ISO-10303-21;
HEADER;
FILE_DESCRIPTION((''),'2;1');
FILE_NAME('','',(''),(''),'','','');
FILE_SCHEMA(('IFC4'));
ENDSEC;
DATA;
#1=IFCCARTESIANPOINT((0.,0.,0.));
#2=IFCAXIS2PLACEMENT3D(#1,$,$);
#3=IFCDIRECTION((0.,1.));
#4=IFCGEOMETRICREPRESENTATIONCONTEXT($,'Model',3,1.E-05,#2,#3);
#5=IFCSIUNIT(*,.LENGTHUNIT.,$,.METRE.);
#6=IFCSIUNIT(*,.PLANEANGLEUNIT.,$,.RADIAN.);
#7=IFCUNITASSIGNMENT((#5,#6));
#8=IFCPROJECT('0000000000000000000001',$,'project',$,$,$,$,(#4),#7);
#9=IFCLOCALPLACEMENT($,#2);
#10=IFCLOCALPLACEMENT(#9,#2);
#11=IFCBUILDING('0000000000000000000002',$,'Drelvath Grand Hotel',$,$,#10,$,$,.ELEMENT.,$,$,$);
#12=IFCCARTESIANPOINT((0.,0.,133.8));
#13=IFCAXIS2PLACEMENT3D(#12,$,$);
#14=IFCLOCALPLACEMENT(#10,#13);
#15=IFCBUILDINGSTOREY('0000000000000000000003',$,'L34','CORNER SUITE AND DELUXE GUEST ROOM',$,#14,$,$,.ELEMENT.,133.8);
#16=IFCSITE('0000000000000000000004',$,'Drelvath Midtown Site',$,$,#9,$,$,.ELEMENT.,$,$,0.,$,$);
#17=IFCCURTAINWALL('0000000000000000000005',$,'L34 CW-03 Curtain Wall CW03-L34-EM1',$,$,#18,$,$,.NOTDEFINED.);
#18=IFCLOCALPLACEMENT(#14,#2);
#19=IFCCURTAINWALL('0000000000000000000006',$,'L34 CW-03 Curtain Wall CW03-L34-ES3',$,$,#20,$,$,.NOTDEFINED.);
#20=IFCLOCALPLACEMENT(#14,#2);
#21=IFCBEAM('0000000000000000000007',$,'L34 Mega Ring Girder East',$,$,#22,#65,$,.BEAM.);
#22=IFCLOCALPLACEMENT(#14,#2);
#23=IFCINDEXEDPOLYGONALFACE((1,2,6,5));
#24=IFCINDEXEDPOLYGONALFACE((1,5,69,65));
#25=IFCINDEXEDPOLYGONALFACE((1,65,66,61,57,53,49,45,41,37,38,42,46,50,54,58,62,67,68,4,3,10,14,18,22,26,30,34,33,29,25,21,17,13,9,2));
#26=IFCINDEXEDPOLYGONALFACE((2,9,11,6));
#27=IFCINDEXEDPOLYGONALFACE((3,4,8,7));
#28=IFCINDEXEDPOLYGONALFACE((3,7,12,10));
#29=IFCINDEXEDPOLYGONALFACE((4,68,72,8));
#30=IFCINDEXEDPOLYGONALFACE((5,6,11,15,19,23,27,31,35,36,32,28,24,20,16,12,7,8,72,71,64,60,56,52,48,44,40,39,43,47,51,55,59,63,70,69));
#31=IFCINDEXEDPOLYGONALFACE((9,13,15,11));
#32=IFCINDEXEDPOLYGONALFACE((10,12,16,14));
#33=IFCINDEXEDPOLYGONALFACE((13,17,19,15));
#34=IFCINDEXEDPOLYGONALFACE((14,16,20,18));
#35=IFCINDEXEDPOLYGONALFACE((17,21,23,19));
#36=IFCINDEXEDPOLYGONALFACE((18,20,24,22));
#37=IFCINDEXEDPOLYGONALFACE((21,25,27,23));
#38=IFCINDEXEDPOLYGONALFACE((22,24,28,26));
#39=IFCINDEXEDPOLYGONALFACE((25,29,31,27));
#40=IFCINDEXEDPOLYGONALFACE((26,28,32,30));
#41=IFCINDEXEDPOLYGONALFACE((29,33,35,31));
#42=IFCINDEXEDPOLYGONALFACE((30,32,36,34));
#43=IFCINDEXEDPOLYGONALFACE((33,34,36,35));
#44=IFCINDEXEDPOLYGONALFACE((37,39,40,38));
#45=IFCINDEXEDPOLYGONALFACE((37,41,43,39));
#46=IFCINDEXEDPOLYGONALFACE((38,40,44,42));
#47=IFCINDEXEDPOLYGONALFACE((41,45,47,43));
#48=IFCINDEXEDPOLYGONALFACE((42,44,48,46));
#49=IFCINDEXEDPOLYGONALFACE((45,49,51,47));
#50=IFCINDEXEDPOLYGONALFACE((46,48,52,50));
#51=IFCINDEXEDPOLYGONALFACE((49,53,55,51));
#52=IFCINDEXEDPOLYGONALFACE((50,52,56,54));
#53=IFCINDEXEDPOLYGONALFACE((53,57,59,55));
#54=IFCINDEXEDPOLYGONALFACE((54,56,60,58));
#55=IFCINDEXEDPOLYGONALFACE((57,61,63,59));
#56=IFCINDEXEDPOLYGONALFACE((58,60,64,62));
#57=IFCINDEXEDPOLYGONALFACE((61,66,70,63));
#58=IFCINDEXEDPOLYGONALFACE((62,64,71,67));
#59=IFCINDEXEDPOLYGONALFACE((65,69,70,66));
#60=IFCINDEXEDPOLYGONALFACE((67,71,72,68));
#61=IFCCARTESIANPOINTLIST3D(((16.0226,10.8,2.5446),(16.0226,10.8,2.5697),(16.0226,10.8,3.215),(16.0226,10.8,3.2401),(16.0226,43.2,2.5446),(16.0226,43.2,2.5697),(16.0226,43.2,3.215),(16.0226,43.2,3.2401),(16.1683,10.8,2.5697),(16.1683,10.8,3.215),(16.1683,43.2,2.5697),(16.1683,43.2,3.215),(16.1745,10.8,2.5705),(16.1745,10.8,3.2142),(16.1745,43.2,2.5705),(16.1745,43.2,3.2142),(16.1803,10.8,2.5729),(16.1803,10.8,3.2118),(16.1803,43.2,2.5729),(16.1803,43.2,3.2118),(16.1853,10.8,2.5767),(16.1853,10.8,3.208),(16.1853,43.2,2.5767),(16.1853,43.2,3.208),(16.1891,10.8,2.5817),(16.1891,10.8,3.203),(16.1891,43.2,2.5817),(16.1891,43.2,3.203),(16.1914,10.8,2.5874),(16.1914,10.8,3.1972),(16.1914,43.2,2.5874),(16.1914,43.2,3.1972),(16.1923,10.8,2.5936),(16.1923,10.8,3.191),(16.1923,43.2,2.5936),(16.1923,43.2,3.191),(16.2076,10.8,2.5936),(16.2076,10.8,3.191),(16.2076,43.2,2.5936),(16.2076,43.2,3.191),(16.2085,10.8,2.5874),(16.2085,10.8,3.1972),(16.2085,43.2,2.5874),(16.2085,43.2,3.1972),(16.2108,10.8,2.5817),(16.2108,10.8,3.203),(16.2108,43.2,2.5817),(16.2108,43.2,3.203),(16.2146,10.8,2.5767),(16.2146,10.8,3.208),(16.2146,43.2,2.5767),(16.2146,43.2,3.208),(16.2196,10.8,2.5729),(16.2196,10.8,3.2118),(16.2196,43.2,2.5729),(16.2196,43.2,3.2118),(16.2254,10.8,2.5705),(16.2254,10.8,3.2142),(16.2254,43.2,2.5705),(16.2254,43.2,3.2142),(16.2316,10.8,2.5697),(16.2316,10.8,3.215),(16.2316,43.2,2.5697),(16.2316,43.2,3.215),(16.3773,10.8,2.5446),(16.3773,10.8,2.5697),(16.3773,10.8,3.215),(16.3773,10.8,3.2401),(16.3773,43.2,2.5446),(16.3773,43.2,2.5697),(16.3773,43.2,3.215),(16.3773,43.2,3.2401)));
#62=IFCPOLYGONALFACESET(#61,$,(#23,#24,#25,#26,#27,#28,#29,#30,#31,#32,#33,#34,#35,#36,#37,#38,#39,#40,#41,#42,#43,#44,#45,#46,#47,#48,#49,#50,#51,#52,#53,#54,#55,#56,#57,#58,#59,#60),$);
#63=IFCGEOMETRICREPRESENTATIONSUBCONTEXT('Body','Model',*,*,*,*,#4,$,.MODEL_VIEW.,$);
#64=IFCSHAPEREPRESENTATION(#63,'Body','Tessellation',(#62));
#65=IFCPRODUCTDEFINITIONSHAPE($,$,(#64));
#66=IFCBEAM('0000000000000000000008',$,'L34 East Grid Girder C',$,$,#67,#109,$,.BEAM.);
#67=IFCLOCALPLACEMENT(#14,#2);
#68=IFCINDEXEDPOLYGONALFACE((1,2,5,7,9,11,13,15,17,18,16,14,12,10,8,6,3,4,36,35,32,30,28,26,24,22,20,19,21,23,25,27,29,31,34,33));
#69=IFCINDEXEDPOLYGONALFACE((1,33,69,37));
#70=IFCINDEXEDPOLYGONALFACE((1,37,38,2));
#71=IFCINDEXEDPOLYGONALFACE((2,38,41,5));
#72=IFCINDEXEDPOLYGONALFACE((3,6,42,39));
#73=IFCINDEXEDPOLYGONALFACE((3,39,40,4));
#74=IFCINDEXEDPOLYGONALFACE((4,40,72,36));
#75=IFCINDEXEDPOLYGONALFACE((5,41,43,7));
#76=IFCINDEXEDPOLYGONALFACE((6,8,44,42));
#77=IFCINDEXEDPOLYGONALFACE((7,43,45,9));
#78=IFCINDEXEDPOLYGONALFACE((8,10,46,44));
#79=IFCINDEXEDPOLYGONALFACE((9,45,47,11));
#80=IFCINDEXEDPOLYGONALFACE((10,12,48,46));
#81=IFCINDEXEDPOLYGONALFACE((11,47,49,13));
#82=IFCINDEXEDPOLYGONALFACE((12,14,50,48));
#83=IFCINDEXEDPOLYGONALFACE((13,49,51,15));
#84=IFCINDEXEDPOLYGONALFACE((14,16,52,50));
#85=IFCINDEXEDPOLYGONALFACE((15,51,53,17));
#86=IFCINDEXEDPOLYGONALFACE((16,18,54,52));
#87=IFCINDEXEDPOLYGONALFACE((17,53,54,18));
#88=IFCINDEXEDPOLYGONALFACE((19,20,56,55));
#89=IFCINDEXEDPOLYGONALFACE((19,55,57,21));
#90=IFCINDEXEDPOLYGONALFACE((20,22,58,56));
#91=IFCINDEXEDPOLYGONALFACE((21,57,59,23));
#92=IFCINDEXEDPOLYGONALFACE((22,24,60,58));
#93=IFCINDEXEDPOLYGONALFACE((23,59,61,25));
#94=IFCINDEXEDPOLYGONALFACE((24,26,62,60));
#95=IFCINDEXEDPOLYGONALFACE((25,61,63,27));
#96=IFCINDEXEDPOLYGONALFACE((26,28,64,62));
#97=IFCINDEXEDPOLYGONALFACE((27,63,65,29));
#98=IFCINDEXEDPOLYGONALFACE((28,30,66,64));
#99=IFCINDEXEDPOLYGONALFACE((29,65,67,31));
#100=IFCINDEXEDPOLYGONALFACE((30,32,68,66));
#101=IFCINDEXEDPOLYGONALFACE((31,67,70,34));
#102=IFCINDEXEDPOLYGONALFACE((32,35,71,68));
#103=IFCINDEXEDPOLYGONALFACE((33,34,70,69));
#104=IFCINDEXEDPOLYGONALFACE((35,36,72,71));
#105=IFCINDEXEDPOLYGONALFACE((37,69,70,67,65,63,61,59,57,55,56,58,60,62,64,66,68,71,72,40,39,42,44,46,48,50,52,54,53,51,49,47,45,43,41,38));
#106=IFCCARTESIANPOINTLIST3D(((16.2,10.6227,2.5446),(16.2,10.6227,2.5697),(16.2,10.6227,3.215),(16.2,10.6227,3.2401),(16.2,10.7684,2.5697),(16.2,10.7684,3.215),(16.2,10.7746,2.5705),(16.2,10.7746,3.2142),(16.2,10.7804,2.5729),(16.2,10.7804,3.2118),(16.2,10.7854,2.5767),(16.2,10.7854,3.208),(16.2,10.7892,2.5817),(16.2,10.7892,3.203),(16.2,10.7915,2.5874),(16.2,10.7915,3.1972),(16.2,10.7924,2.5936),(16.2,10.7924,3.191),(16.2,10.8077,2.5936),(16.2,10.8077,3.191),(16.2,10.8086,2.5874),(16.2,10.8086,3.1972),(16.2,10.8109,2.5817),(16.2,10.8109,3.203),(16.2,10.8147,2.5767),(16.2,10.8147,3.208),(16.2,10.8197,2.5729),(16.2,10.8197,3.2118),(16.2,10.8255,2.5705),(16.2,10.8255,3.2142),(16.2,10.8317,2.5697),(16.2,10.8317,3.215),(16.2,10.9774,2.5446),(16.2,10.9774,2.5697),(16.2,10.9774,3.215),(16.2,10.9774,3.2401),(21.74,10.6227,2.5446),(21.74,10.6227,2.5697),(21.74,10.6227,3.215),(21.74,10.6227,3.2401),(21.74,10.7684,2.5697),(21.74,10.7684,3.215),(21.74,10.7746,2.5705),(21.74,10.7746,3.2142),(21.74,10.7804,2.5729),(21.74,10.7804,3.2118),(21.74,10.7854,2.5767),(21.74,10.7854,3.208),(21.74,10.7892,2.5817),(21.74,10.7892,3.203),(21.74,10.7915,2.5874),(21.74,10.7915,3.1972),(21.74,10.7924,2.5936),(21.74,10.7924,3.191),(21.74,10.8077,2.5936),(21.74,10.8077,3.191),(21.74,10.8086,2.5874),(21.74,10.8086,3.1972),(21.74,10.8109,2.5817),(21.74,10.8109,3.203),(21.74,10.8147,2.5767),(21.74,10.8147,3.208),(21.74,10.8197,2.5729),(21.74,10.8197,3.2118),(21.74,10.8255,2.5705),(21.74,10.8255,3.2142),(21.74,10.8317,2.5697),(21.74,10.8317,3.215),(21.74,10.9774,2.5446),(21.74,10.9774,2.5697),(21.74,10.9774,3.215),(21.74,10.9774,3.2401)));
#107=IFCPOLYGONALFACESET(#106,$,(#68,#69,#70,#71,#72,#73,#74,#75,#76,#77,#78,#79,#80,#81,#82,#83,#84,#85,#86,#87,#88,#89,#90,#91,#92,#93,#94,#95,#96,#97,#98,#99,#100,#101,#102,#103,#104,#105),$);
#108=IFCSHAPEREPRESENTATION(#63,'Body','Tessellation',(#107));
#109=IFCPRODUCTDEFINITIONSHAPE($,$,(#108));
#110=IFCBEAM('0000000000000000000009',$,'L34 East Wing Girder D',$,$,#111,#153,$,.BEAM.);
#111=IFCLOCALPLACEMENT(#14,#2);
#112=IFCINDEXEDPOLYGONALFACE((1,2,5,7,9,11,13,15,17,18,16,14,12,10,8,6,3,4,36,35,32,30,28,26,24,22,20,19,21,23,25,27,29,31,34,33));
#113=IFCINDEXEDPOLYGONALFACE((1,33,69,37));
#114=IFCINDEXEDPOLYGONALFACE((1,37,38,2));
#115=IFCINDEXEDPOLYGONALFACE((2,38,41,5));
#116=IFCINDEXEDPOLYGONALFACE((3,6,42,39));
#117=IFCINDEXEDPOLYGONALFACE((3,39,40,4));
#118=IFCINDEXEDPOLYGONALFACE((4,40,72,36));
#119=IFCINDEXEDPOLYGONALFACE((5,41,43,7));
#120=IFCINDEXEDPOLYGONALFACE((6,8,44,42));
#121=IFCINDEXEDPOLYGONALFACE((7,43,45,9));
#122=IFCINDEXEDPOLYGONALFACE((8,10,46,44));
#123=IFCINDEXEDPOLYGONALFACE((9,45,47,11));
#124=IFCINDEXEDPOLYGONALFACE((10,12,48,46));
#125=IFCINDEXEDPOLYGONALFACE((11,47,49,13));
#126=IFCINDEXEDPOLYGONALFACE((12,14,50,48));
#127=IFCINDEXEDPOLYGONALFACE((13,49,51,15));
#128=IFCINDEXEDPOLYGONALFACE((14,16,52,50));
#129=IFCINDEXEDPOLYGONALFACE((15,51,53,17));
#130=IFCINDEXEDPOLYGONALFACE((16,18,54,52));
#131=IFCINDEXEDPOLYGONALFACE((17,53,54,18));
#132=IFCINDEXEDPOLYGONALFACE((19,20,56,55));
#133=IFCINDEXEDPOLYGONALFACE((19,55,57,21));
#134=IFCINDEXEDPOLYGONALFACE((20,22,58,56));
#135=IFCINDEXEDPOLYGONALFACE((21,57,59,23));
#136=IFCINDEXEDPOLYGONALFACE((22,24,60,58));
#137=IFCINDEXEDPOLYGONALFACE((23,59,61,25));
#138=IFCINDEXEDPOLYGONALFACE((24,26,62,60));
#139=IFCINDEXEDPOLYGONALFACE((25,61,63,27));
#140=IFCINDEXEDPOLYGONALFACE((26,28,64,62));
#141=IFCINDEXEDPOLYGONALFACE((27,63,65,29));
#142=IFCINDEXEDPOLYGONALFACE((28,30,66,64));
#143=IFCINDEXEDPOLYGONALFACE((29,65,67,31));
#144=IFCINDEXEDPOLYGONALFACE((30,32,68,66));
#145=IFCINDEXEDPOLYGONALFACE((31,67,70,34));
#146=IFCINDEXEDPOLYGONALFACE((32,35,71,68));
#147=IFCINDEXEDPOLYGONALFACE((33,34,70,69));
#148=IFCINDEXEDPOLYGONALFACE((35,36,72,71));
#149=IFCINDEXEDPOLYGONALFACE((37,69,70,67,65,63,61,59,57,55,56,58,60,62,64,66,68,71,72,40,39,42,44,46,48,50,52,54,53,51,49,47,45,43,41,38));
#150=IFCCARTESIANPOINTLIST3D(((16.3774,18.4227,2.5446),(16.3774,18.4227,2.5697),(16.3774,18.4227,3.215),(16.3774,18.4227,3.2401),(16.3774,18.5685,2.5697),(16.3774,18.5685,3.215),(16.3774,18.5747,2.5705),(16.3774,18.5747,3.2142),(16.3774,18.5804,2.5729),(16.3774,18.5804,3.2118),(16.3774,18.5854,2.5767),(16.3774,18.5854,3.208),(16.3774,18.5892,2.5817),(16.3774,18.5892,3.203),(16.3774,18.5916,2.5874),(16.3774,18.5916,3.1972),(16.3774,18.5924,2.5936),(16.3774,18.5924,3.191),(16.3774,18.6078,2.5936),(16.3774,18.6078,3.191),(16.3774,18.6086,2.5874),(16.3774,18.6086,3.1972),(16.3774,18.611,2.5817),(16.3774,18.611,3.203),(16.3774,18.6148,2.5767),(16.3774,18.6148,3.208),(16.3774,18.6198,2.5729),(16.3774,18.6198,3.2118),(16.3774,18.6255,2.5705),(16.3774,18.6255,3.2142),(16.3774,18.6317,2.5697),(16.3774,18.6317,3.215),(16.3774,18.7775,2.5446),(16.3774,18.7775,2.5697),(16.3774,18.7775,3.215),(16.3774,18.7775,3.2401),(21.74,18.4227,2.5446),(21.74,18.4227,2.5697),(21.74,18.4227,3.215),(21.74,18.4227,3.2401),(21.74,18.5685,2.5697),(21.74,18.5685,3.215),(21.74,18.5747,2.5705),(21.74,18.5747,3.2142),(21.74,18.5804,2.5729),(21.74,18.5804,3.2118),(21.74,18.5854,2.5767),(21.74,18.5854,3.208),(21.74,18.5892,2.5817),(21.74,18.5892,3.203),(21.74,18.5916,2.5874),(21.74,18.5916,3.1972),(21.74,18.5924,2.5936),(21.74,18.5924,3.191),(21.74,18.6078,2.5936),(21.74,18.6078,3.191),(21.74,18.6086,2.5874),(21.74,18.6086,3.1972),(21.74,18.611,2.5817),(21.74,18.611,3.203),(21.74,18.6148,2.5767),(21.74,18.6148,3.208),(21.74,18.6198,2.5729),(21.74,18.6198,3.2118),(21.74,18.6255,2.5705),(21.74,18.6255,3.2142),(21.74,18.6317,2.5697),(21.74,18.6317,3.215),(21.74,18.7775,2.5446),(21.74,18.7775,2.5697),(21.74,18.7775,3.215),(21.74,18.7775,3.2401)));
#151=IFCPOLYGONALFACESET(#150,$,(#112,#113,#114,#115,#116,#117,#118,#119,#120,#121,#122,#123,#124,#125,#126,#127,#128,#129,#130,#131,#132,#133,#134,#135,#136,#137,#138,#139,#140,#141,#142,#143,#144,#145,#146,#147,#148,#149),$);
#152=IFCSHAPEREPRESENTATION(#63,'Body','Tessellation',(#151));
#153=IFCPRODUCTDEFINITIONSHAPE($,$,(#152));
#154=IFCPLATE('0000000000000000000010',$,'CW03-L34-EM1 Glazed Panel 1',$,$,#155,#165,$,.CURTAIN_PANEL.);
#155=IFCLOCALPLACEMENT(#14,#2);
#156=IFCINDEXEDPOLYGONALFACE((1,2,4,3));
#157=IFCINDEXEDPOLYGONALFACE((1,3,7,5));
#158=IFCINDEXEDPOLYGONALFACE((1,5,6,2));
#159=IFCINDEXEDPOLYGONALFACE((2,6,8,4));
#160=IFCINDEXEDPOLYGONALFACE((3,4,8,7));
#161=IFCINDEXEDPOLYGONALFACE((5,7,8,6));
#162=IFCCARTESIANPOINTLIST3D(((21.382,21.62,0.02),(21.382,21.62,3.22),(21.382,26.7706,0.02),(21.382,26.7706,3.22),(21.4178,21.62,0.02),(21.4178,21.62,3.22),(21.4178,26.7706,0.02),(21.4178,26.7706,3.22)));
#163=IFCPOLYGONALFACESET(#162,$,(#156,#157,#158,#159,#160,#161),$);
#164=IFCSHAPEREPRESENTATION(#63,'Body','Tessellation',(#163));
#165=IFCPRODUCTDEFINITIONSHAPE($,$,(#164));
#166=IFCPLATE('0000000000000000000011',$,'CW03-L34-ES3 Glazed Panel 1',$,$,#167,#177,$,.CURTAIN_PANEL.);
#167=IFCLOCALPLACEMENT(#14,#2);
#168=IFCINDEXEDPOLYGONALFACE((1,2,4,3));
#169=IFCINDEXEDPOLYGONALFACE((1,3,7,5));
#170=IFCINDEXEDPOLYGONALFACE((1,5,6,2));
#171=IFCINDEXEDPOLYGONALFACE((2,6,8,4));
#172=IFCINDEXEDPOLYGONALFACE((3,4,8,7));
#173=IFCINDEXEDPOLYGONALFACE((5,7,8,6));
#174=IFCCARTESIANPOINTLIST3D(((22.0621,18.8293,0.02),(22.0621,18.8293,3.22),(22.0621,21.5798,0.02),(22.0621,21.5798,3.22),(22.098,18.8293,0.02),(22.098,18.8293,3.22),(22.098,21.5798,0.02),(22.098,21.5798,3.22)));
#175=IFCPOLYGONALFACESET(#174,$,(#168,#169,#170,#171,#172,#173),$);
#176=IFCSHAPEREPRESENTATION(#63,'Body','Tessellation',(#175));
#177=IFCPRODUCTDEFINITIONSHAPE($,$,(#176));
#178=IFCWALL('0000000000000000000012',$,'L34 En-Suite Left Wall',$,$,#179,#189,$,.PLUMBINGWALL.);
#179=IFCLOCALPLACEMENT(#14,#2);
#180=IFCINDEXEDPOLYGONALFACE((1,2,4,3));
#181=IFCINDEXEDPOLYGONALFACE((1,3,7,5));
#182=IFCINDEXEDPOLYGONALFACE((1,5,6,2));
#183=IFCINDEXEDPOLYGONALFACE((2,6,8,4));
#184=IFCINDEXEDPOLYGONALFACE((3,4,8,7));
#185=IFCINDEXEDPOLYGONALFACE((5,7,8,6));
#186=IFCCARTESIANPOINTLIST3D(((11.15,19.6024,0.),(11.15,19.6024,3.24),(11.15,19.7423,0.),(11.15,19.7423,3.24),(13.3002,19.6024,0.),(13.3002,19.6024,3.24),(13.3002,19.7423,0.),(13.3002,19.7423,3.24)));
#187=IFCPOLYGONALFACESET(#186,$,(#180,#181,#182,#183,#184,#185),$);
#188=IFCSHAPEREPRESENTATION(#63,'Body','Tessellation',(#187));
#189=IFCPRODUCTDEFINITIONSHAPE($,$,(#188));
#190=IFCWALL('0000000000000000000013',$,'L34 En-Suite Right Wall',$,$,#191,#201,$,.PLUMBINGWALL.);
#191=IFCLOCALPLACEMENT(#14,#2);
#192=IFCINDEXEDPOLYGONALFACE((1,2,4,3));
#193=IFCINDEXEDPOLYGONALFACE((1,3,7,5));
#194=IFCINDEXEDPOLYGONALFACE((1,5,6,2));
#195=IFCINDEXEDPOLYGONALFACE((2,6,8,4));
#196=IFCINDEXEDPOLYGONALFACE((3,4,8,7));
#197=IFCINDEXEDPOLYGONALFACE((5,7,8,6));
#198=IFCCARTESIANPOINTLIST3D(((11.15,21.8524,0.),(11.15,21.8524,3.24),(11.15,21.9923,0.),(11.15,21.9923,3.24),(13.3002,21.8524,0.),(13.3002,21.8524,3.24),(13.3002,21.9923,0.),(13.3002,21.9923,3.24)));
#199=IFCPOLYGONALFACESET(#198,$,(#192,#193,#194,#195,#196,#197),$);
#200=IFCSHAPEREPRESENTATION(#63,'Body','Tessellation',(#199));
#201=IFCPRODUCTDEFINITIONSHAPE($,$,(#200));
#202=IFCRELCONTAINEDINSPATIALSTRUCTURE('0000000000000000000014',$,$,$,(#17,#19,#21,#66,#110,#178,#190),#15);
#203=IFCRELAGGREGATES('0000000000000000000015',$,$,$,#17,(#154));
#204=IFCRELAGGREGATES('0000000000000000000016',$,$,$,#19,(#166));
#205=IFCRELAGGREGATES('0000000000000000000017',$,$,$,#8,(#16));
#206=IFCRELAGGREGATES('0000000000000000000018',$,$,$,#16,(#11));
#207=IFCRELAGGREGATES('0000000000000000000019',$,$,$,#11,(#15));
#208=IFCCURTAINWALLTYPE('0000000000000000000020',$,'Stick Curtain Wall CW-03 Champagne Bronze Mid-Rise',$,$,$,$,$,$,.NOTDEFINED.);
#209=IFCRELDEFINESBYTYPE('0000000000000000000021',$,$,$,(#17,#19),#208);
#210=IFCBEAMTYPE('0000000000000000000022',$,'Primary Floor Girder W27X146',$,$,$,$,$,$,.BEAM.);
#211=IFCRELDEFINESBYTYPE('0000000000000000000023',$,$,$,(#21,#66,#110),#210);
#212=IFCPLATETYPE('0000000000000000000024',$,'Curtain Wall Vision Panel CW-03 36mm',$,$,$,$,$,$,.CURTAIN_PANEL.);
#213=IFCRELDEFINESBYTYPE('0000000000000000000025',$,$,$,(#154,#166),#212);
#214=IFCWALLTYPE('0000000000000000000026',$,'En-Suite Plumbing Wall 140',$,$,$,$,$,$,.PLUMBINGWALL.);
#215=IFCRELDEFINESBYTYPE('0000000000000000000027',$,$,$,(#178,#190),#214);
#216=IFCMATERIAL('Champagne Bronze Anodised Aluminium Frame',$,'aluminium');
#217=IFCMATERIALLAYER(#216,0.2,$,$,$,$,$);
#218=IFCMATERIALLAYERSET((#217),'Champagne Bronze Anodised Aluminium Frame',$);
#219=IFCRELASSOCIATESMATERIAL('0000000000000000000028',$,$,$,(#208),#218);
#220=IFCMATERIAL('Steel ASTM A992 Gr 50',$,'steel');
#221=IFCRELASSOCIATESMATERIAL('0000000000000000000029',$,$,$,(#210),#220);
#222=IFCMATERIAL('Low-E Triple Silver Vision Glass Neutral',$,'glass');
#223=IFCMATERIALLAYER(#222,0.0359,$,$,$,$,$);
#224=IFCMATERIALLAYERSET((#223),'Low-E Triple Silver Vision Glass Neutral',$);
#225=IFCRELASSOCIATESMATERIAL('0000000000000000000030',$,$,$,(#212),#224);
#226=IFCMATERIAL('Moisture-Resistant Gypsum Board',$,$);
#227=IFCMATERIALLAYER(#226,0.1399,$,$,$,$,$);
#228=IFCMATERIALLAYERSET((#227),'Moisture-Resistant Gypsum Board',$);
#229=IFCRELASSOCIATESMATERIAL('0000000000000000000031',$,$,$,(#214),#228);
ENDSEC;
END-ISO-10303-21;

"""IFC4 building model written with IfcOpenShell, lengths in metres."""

from ifc_helpers import new_model, si_unit, direction, frame, frame_2d, origin, origin_2d, place, context, subcontext, project, spatial, rectangle, i_section, extrude, material, layer, layer_set, material_profile, profile_set, type_object, element, aggregate, save


model = new_model("IFC4")

# Units and contexts
model_context = context("Model", 3, precision=1e-05, world=origin(), true_north=direction((0.0, 1.0)))
body_context = subcontext(model_context, "Body", "Model", "MODEL_VIEW")
ifc_project = project(units=[si_unit("LENGTHUNIT", "METRE"), si_unit("PLANEANGLEUNIT", "RADIAN")], contexts=[model_context])

# Site, building, storey
site_placement = place(None, origin())
site = spatial("IfcSite", under=ifc_project, at=site_placement, Name="Drelvath Midtown Site", CompositionType="ELEMENT", RefElevation=0.0)
building_placement = place(site_placement, origin())
building = spatial("IfcBuilding", under=site, at=building_placement, Name="Drelvath Grand Hotel", CompositionType="ELEMENT")
storey_placement = place(building_placement, frame((0.0, 0.0, 133.8)))
storey = spatial("IfcBuildingStorey", under=building, at=storey_placement, Name="L34", Description="CORNER SUITE AND DELUXE GUEST ROOM", CompositionType="ELEMENT", Elevation=133.8)

# Shared definitions
ifc_material_1 = material(Name="Steel ASTM A992 Gr 50", Category="steel")

# Curtain walls
ifc_material_2 = material(Name="Champagne Bronze Anodised Aluminium Frame", Category="aluminium")
ifc_layer_1 = layer(ifc_material_2, 0.2)
ifc_layer_set_1 = layer_set([ifc_layer_1], Name="Champagne Bronze Anodised Aluminium Frame")
curtain_wall_type = type_object("IfcCurtainWallType", Name="Stick Curtain Wall CW-03 Champagne Bronze Mid-Rise", PredefinedType="NOTDEFINED", material=ifc_layer_set_1)
curtain_wall_1_placement = place(storey_placement, origin())
curtain_wall_1 = element("IfcCurtainWall", 1, at=curtain_wall_1_placement, inside=storey, type_object=curtain_wall_type, Name="L34 CW-03 Curtain Wall CW03-L34-EM1", PredefinedType="NOTDEFINED")
curtain_wall_2_placement = place(storey_placement, origin())
curtain_wall_2 = element("IfcCurtainWall", 2, at=curtain_wall_2_placement, inside=storey, type_object=curtain_wall_type, Name="L34 CW-03 Curtain Wall CW03-L34-ES3", PredefinedType="NOTDEFINED")

# Beams
ifc_material_profile_1 = material_profile(ifc_material_1, i_section(OverallWidth=0.3547, OverallDepth=0.6956, WebThickness=0.0154, FlangeThickness=0.0251, FilletRadius=0.0239, at=origin_2d()), Name="W27X146")
ifc_profile_set_1 = profile_set([ifc_material_profile_1], Name="Steel ASTM A992 Gr 50")
beam_type_1 = type_object("IfcBeamType", Name="Primary Floor Girder W27X146", PredefinedType="BEAM", material=ifc_profile_set_1)
beam_1_placement = place(storey_placement, frame((16.2, 10.8, 2.8923), z_axis=(0.0, 1.0, 0.0), x_axis=(-1.0, 0.0, 0.0)))
element("IfcBeam", 3, at=beam_1_placement, inside=storey, type_object=beam_type_1, Name="L34 Mega Ring Girder East", PredefinedType="BEAM", context=body_context, shape_type="SweptSolid", body=[
    extrude(i_section(OverallWidth=0.3547, OverallDepth=0.6956, WebThickness=0.0154, FlangeThickness=0.0251, FilletRadius=0.0239, at=origin_2d()), origin(), (0.0, 0.0, 1.0), 32.3999),
])
beam_2_placement = place(storey_placement, frame((16.2, 10.8, 2.8923), z_axis=(1.0, 0.0, 0.0), x_axis=(0.0, 1.0, 0.0)))
element("IfcBeam", 4, at=beam_2_placement, inside=storey, type_object=beam_type_1, Name="L34 East Grid Girder C", PredefinedType="BEAM", context=body_context, shape_type="SweptSolid", body=[
    extrude(i_section(OverallWidth=0.3547, OverallDepth=0.6956, WebThickness=0.0154, FlangeThickness=0.0251, FilletRadius=0.0239, at=origin_2d()), origin(), (0.0, 0.0, 1.0), 5.54),
])
beam_3_placement = place(storey_placement, frame((16.3774, 18.6001, 2.8923), z_axis=(1.0, 0.0, 0.0), x_axis=(0.0, 1.0, 0.0)))
element("IfcBeam", 5, at=beam_3_placement, inside=storey, type_object=beam_type_1, Name="L34 East Wing Girder D", PredefinedType="BEAM", context=body_context, shape_type="SweptSolid", body=[
    extrude(i_section(OverallWidth=0.3547, OverallDepth=0.6956, WebThickness=0.0154, FlangeThickness=0.0251, FilletRadius=0.0239, at=origin_2d()), origin(), (0.0, 0.0, 1.0), 5.3625),
])

# Plates
ifc_material_3 = material(Name="Low-E Triple Silver Vision Glass Neutral", Category="glass")
ifc_layer_2 = layer(ifc_material_3, 0.0359)
ifc_layer_set_2 = layer_set([ifc_layer_2], Name="Low-E Triple Silver Vision Glass Neutral")
plate_type = type_object("IfcPlateType", Name="Curtain Wall Vision Panel CW-03 36mm", PredefinedType="CURTAIN_PANEL", material=ifc_layer_set_2)
plate_1_placement = place(storey_placement, frame((21.3999, 24.1953, 0.02), z_axis=(0.0, 0.0, 1.0), x_axis=(0.0, -1.0, 0.0)))
plate_1 = element("IfcPlate", 6, at=plate_1_placement, type_object=plate_type, Name="CW03-L34-EM1 Glazed Panel 1", PredefinedType="CURTAIN_PANEL", context=body_context, shape_type="SweptSolid", body=[
    extrude(rectangle(XDim=5.1506, YDim=0.0359, at=origin_2d()), origin(), (0.0, 0.0, 1.0), 3.2),
])
aggregate(curtain_wall_1, [plate_1])
plate_2_placement = place(storey_placement, frame((22.0801, 20.2046, 0.02), z_axis=(0.0, 0.0, 1.0), x_axis=(0.0, -1.0, 0.0)))
plate_2 = element("IfcPlate", 7, at=plate_2_placement, type_object=plate_type, Name="CW03-L34-ES3 Glazed Panel 1", PredefinedType="CURTAIN_PANEL", context=body_context, shape_type="SweptSolid", body=[
    extrude(rectangle(XDim=2.7505, YDim=0.0359, at=origin_2d()), origin(), (0.0, 0.0, 1.0), 3.2),
])
aggregate(curtain_wall_2, [plate_2])

# Walls
ifc_material_4 = material(Name="Moisture-Resistant Gypsum Board")
ifc_layer_3 = layer(ifc_material_4, 0.1399)
ifc_layer_set_3 = layer_set([ifc_layer_3], Name="Moisture-Resistant Gypsum Board")
wall_type_1 = type_object("IfcWallType", Name="En-Suite Plumbing Wall 140", PredefinedType="PLUMBINGWALL", material=ifc_layer_set_3)
for number, where, z_axis, x_axis, name in (
    (8, (11.1499, 19.6724, 0.0), (0.0, 0.0, 1.0), (1.0, 0.0, 0.0), "L34 En-Suite Left Wall"),
    (9, (11.1499, 21.9224, 0.0), (0.0, 0.0, 1.0), (1.0, 0.0, 0.0), "L34 En-Suite Right Wall"),
):
    element("IfcWall", number, at=place(storey_placement, frame(where, z_axis=z_axis, x_axis=x_axis)), inside=storey, type_object=wall_type_1, Name=name, PredefinedType="PLUMBINGWALL", context=body_context, shape_type="SweptSolid", body=[
        extrude(rectangle(XDim=2.1501, YDim=0.1399, at=frame_2d((1.0752, 0.0))), origin(), (0.0, 0.0, 1.0), 3.24),
    ])

save(model, "model.ifc")
